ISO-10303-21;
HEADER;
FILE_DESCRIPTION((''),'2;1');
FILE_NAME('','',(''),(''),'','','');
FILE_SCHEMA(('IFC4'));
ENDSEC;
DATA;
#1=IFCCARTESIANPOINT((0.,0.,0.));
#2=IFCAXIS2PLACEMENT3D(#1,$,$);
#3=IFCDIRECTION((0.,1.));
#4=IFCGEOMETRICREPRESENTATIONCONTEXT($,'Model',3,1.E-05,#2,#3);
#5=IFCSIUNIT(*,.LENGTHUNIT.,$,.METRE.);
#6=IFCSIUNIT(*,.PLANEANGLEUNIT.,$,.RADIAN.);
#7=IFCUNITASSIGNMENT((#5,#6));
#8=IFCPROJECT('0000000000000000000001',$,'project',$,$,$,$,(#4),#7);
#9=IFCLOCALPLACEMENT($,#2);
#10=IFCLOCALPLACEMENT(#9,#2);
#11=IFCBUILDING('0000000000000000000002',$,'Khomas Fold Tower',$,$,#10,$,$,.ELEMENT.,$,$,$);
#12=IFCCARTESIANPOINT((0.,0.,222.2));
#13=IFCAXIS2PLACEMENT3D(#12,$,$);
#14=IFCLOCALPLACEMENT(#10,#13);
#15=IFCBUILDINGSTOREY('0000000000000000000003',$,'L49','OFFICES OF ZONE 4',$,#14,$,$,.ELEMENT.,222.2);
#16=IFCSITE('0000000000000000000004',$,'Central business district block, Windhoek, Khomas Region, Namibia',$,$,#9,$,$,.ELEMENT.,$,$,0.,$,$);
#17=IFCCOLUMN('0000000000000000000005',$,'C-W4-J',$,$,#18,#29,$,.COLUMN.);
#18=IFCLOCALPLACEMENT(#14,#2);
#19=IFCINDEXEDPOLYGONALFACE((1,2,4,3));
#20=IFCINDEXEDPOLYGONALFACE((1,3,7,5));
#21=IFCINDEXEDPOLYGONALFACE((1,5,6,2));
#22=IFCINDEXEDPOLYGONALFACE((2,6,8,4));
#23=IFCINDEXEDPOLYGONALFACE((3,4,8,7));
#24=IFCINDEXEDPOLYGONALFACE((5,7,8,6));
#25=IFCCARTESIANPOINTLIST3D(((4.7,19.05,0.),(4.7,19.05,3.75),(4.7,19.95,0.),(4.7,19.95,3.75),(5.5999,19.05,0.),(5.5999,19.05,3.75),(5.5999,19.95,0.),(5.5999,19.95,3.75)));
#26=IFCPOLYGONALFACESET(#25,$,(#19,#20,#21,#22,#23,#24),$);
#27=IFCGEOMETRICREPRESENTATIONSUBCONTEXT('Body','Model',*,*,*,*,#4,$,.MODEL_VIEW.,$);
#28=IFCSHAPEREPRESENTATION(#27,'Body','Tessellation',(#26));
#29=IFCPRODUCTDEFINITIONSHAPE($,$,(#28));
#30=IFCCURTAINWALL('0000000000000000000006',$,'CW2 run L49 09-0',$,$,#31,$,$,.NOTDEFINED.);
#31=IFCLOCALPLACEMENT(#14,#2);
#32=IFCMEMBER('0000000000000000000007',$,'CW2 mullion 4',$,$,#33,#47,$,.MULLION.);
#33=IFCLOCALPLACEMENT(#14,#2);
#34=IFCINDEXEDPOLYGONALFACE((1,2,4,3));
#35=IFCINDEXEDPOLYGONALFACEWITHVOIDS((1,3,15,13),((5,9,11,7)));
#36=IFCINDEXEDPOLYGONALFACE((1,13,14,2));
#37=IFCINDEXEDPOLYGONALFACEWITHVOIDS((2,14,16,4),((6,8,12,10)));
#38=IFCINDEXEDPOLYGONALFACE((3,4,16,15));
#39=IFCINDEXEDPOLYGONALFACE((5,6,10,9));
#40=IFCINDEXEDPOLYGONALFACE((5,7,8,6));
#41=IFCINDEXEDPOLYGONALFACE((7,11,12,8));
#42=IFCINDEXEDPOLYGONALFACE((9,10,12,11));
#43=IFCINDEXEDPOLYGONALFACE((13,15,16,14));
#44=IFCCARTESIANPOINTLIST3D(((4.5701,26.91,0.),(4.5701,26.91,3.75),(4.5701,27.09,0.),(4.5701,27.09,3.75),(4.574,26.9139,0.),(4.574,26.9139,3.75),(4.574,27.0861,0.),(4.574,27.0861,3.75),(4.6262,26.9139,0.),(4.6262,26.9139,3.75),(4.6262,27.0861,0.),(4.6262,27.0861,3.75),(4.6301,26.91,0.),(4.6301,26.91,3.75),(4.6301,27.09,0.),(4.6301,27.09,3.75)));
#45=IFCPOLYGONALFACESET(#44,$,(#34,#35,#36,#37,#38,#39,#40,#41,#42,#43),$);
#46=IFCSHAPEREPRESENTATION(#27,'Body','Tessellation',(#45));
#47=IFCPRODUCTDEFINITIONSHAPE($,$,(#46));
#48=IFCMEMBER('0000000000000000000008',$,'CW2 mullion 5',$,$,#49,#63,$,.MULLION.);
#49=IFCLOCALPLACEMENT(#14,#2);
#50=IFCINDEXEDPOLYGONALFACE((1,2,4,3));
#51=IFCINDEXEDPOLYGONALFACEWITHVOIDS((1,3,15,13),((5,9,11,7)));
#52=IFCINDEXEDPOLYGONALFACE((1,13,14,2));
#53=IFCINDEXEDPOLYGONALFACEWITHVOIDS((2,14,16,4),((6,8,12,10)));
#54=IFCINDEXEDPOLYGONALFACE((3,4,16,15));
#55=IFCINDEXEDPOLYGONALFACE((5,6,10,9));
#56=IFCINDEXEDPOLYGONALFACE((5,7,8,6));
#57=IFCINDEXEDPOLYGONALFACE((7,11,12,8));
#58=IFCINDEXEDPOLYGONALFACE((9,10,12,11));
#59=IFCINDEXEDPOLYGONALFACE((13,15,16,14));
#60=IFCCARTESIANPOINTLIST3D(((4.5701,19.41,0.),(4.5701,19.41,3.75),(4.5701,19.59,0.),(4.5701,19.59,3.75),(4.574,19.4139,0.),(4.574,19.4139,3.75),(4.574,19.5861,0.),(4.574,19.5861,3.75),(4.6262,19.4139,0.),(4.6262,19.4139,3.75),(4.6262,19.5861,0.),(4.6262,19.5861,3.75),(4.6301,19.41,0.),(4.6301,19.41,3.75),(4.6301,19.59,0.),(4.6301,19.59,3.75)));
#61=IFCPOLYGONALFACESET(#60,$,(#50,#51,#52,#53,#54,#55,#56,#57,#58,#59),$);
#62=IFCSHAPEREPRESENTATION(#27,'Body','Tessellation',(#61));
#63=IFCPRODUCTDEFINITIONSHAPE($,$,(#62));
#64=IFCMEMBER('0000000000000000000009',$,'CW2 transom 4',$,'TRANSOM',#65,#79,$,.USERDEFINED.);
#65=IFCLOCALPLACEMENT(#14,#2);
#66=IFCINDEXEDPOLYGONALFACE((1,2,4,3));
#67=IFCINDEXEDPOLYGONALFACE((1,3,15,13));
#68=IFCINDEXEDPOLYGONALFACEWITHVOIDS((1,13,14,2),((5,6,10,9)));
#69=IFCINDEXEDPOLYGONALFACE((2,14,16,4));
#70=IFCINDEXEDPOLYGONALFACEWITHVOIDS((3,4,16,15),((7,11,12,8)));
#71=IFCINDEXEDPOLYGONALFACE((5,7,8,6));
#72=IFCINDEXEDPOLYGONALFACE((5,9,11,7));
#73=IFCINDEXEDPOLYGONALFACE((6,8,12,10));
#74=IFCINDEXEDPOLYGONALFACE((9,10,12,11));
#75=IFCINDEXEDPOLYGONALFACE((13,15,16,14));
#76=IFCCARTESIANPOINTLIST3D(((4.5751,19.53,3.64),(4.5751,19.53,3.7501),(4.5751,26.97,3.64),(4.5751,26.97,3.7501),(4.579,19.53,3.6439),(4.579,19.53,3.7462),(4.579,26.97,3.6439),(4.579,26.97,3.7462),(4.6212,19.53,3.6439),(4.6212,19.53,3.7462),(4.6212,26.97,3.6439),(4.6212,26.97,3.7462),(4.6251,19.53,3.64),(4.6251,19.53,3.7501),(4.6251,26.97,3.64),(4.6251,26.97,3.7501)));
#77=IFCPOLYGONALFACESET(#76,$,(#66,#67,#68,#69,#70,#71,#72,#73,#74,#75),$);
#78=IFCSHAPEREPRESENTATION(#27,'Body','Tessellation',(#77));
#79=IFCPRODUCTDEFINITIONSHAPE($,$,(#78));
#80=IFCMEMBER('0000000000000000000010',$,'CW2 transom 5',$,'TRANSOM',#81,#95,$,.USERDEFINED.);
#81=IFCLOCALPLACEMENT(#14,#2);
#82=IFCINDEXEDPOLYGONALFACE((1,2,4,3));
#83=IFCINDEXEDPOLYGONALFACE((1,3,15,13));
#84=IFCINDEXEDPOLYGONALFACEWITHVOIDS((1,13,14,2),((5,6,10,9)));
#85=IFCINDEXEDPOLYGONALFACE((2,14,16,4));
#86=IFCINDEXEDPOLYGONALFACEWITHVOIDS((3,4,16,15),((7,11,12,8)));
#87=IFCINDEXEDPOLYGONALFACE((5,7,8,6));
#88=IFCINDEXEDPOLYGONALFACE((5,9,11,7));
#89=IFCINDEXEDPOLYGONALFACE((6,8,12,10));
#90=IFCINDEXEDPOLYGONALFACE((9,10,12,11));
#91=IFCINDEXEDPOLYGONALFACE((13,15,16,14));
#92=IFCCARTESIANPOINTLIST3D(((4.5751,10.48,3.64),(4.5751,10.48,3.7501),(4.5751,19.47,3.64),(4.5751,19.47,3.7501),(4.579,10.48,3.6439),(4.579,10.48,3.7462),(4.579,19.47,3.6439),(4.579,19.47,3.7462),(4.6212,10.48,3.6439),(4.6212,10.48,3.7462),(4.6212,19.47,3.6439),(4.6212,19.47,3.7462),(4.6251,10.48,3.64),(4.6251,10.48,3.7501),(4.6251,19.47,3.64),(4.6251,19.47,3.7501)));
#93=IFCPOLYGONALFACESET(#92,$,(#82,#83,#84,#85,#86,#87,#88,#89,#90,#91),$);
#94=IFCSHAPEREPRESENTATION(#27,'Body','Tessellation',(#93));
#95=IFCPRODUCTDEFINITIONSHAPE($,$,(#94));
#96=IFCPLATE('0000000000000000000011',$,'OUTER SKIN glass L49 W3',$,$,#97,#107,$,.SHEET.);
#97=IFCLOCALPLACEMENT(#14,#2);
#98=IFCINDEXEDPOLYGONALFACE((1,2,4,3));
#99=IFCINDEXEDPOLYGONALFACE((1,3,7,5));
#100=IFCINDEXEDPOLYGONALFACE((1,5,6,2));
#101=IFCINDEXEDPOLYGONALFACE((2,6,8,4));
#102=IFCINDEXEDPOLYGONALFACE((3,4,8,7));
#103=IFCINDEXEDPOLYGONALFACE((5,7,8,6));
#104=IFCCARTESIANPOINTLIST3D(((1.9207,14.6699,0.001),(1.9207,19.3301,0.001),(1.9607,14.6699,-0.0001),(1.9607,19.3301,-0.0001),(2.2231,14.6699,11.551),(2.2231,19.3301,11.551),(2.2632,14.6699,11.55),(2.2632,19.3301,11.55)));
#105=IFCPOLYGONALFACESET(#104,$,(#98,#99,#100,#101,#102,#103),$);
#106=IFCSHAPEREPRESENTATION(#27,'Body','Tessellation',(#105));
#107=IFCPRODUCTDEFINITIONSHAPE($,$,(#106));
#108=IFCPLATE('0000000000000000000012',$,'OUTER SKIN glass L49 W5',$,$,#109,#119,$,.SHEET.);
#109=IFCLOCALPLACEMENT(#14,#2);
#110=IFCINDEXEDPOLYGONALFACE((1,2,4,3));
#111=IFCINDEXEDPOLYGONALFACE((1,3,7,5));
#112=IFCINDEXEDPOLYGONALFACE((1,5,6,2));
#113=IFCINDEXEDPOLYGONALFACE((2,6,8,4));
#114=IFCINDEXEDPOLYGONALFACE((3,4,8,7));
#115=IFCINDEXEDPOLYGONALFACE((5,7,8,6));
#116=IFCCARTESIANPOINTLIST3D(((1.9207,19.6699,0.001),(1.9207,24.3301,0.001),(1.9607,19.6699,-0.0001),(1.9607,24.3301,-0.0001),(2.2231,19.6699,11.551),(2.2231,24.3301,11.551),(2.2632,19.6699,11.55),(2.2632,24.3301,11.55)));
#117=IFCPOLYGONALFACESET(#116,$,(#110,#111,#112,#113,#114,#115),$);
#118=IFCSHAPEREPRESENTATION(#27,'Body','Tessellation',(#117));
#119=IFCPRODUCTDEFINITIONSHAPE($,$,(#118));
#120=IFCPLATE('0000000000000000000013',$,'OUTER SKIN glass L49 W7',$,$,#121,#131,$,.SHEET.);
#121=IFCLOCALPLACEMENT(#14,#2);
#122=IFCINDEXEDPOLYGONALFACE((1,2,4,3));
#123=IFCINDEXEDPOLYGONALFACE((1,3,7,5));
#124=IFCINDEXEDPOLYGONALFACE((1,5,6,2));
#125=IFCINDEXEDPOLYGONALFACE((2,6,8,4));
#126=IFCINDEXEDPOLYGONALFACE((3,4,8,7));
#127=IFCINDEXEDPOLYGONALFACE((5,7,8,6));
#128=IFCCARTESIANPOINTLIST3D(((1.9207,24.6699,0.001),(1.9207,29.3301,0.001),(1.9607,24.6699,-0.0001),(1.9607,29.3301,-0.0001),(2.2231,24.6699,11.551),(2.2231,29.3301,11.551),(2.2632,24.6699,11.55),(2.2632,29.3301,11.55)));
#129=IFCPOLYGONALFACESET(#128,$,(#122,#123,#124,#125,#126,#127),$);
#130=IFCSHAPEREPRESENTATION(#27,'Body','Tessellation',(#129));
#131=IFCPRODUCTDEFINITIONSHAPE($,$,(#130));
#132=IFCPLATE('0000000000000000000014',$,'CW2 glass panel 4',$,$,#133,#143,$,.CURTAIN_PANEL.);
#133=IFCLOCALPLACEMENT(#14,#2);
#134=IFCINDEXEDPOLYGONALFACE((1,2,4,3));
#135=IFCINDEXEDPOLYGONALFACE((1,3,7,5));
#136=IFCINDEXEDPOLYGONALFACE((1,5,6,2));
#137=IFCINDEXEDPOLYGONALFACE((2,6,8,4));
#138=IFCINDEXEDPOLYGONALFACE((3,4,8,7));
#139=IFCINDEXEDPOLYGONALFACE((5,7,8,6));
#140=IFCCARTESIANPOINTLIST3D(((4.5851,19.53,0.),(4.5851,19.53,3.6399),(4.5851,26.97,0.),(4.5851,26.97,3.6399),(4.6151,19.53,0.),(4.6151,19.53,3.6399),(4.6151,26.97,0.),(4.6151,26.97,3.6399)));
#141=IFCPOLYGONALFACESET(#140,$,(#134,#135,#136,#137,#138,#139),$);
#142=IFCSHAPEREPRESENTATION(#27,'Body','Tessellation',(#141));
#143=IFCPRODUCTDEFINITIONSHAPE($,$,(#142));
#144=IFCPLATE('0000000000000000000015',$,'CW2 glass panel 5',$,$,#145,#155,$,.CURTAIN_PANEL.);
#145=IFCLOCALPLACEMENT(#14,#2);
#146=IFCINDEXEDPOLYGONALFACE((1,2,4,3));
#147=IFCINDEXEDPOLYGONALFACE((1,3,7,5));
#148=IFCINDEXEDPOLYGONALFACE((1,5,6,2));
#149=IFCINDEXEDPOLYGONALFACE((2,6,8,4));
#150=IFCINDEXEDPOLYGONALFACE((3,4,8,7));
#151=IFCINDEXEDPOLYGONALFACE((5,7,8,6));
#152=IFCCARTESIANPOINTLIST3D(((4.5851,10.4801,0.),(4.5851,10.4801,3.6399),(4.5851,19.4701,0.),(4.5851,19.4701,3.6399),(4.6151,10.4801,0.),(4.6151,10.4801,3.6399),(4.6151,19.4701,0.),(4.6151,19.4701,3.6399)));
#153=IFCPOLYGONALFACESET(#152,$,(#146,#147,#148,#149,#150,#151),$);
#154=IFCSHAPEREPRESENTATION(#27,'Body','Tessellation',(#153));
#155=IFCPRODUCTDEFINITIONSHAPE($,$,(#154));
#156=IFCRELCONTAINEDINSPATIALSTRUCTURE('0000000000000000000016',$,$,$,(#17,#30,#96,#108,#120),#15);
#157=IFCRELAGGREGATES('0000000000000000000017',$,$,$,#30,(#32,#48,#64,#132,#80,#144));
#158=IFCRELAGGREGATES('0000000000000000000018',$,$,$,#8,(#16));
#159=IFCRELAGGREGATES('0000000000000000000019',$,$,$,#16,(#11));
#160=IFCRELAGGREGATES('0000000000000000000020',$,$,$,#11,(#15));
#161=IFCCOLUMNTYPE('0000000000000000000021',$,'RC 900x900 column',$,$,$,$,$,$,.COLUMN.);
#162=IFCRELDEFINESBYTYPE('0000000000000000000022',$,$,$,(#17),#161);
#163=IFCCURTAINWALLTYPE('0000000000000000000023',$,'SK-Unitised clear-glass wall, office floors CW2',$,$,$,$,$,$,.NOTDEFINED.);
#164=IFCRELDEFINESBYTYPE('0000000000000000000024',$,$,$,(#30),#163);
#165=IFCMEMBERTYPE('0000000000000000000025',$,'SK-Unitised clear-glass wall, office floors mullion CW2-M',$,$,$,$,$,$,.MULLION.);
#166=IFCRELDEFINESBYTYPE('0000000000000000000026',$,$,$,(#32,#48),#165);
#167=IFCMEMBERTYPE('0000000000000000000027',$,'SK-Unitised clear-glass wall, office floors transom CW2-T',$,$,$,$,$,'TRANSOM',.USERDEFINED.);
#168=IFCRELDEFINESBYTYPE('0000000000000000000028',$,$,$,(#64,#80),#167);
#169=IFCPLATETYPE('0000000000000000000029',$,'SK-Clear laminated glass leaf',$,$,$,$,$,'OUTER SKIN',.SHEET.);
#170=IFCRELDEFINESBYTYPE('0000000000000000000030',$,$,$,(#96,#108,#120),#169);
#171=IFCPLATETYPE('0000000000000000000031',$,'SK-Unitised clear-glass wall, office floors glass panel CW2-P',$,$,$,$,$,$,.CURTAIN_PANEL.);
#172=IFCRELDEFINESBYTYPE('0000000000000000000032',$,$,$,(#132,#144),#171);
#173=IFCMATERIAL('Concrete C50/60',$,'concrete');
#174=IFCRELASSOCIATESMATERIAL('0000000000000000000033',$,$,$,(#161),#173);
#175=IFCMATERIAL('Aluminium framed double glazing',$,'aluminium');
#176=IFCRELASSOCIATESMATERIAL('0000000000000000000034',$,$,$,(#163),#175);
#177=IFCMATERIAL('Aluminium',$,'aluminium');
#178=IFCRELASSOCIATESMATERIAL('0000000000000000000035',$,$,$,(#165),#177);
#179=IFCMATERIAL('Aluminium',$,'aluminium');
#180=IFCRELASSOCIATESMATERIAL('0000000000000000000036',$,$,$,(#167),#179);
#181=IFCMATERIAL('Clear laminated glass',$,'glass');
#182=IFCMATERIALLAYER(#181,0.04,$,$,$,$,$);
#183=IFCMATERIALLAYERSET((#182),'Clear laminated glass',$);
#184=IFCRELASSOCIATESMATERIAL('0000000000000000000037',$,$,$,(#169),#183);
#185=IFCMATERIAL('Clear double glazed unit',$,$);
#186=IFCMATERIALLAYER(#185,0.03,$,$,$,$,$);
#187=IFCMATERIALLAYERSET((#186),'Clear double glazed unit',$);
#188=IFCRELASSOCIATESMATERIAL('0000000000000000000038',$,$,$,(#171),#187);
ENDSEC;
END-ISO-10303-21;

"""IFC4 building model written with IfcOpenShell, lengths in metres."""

from ifc_helpers import new_model, si_unit, direction, frame, origin, origin_2d, place, context, subcontext, project, spatial, polyline, rectangle, hollow_rectangle, outline, extrude, source, transform, mapped, material, layer, layer_set, material_profile, profile_set, type_object, element, aggregate, save


model = new_model("IFC4")

# Units and contexts
model_context = context("Model", 3, precision=1e-05, world=origin(), true_north=direction((0.0, 1.0)))
body_context = subcontext(model_context, "Body", "Model", "MODEL_VIEW")
ifc_project = project(units=[si_unit("LENGTHUNIT", "METRE"), si_unit("PLANEANGLEUNIT", "RADIAN")], contexts=[model_context])

# Site, building, storey
site_placement = place(None, origin())
site = spatial("IfcSite", under=ifc_project, at=site_placement, Name="Central business district block, Windhoek, Khomas Region, Namibia", CompositionType="ELEMENT", RefElevation=0.0)
building_placement = place(site_placement, origin())
building = spatial("IfcBuilding", under=site, at=building_placement, Name="Khomas Fold Tower", CompositionType="ELEMENT")
storey_placement = place(building_placement, frame((0.0, 0.0, 222.2)))
storey = spatial("IfcBuildingStorey", under=building, at=storey_placement, Name="L49", Description="OFFICES OF ZONE 4", CompositionType="ELEMENT", Elevation=222.2)

# Column
ifc_material_1 = material(Name="Concrete C50/60", Category="concrete")
ifc_material_profile_1 = material_profile(ifc_material_1, rectangle(XDim=0.8999, YDim=0.8999, at=origin_2d()), Name="RC 900x900")
ifc_profile_set_1 = profile_set([ifc_material_profile_1], Name="Concrete C50/60")
column_type = type_object("IfcColumnType", Name="RC 900x900 column", PredefinedType="COLUMN", material=ifc_profile_set_1)
shared_shape_1 = source(origin(), body_context, "Body", "SweptSolid", [
    extrude(rectangle(XDim=0.8999, YDim=0.8999, at=origin_2d()), origin(), (0.0, 0.0, 1.0), 3.75),
])
column_placement = place(storey_placement, frame((5.1499, 19.5, 0.0), z_axis=(0.0, 0.0, 1.0), x_axis=(1.0, 0.0, 0.0)))
element("IfcColumn", 1, at=column_placement, inside=storey, type_object=column_type, Name="C-W4-J", PredefinedType="COLUMN", context=body_context, shape_type="MappedRepresentation", body=[
    mapped(shared_shape_1, transform((0.0, 0.0, 0.0))),
])

# Curtain wall, members
ifc_material_2 = material(Name="Aluminium framed double glazing", Category="aluminium")
curtain_wall_type = type_object("IfcCurtainWallType", Name="SK-Unitised clear-glass wall, office floors CW2", PredefinedType="NOTDEFINED", material=ifc_material_2)
curtain_wall_placement = place(storey_placement, origin())
curtain_wall = element("IfcCurtainWall", 2, at=curtain_wall_placement, inside=storey, type_object=curtain_wall_type, Name="CW2 run L49 09-0", PredefinedType="NOTDEFINED")
ifc_material_3 = material(Name="Aluminium", Category="aluminium")
ifc_material_profile_2 = material_profile(ifc_material_3, hollow_rectangle(XDim=0.0601, YDim=0.1799, WallThickness=0.0039, at=origin_2d()), Name="SK-Unitised clear-glass wall, office floors mullion CW2-M")
ifc_profile_set_2 = profile_set([ifc_material_profile_2], Name="Aluminium")
member_type_1 = type_object("IfcMemberType", Name="SK-Unitised clear-glass wall, office floors mullion CW2-M", PredefinedType="MULLION", material=ifc_profile_set_2)
shared_shape_2 = source(origin(), body_context, "Body", "SweptSolid", [
    extrude(hollow_rectangle(XDim=0.0601, YDim=0.1799, WallThickness=0.0039, at=origin_2d()), origin(), (0.0, 0.0, 1.0), 3.75),
])
member_1_placement = place(storey_placement, frame((4.6001, 27.0, 0.0), z_axis=(0.0, 0.0, 1.0), x_axis=(1.0, 0.0, 0.0)))
member_1 = element("IfcMember", 3, at=member_1_placement, type_object=member_type_1, Name="CW2 mullion 4", PredefinedType="MULLION", context=body_context, shape_type="MappedRepresentation", body=[
    mapped(shared_shape_2, transform((0.0, 0.0, 0.0))),
])
member_2_placement = place(storey_placement, frame((4.6001, 19.5, 0.0), z_axis=(0.0, 0.0, 1.0), x_axis=(1.0, 0.0, 0.0)))
member_2 = element("IfcMember", 4, at=member_2_placement, type_object=member_type_1, Name="CW2 mullion 5", PredefinedType="MULLION", context=body_context, shape_type="MappedRepresentation", body=[
    mapped(shared_shape_2, transform((0.0, 0.0, 0.0))),
])
ifc_material_4 = material(Name="Aluminium", Category="aluminium")
ifc_material_profile_3 = material_profile(ifc_material_4, hollow_rectangle(XDim=0.05, YDim=0.1101, WallThickness=0.0039, at=origin_2d()), Name="SK-Unitised clear-glass wall, office floors transom CW2-T")
ifc_profile_set_3 = profile_set([ifc_material_profile_3], Name="Aluminium")
member_type_2 = type_object("IfcMemberType", Name="SK-Unitised clear-glass wall, office floors transom CW2-T", ElementType="TRANSOM", PredefinedType="USERDEFINED", material=ifc_profile_set_3)
shared_shape_3 = source(origin(), body_context, "Body", "SweptSolid", [
    extrude(hollow_rectangle(XDim=0.05, YDim=0.1101, WallThickness=0.0039, at=origin_2d()), origin(), (0.0, 0.0, 1.0), 7.4399),
])
member_3_placement = place(storey_placement, frame((4.6001, 26.97, 3.6951), z_axis=(0.0, -1.0, 0.0), x_axis=(1.0, 0.0, 0.0)))
member_3 = element("IfcMember", 5, at=member_3_placement, type_object=member_type_2, Name="CW2 transom 4", ObjectType="TRANSOM", PredefinedType="USERDEFINED", context=body_context, shape_type="MappedRepresentation", body=[
    mapped(shared_shape_3, transform((0.0, 0.0, 0.0))),
])
shared_shape_4 = source(origin(), body_context, "Body", "SweptSolid", [
    extrude(hollow_rectangle(XDim=0.05, YDim=0.1101, WallThickness=0.0039, at=origin_2d()), origin(), (0.0, 0.0, 1.0), 8.99),
])
member_4_placement = place(storey_placement, frame((4.6001, 19.47, 3.6951), z_axis=(0.0, -1.0, 0.0), x_axis=(1.0, 0.0, 0.0)))
member_4 = element("IfcMember", 6, at=member_4_placement, type_object=member_type_2, Name="CW2 transom 5", ObjectType="TRANSOM", PredefinedType="USERDEFINED", context=body_context, shape_type="MappedRepresentation", body=[
    mapped(shared_shape_4, transform((0.0, 0.0, 0.0))),
])

# Plates
ifc_material_5 = material(Name="Clear laminated glass", Category="glass")
ifc_layer_1 = layer(ifc_material_5, 0.04)
ifc_layer_set_1 = layer_set([ifc_layer_1], Name="Clear laminated glass")
plate_type_1 = type_object("IfcPlateType", Name="SK-Clear laminated glass leaf", ElementType="OUTER SKIN", PredefinedType="SHEET", material=ifc_layer_set_1)
for number, where, z_axis, x_axis, name in (
    (7, (1.9207, 14.6699, 0.001), (-0.999657, 0.0, 0.026181), (0.0, 1.0, 0.0), "OUTER SKIN glass L49 W3"),
    (8, (1.9207, 19.6699, 0.001), (-0.999657, 0.0, 0.026181), (0.0, 1.0, 0.0), "OUTER SKIN glass L49 W5"),
    (9, (1.9207, 24.6699, 0.001), (-0.999657, 0.0, 0.026181), (0.0, 1.0, 0.0), "OUTER SKIN glass L49 W7"),
):
    element("IfcPlate", number, at=place(storey_placement, frame(where, z_axis=z_axis, x_axis=x_axis)), inside=storey, type_object=plate_type_1, Name=name, PredefinedType="SHEET", context=body_context, shape_type="SweptSolid", body=[
        extrude(outline(polyline([(0.0, 0.0), (4.6602, 0.0), (4.6602, -11.554), (0.0, -11.554), (0.0, 0.0)])), origin(), (0.0, 0.0, -1.0), 0.04),
    ])

# Plates
ifc_material_6 = material(Name="Clear double glazed unit")
ifc_layer_2 = layer(ifc_material_6, 0.03)
ifc_layer_set_2 = layer_set([ifc_layer_2], Name="Clear double glazed unit")
plate_type_2 = type_object("IfcPlateType", Name="SK-Unitised clear-glass wall, office floors glass panel CW2-P", PredefinedType="CURTAIN_PANEL", material=ifc_layer_set_2)
shared_shape_5 = source(origin(), body_context, "Body", "SweptSolid", [
    extrude(rectangle(XDim=7.4399, YDim=0.03, at=origin_2d()), origin(), (0.0, 0.0, 1.0), 3.6399),
])
plate_1_placement = place(storey_placement, frame((4.6001, 23.25, 0.0), z_axis=(0.0, 0.0, 1.0), x_axis=(0.0, -1.0, 0.0)))
plate_1 = element("IfcPlate", 10, at=plate_1_placement, type_object=plate_type_2, Name="CW2 glass panel 4", PredefinedType="CURTAIN_PANEL", context=body_context, shape_type="MappedRepresentation", body=[
    mapped(shared_shape_5, transform((0.0, 0.0, 0.0))),
])
shared_shape_6 = source(origin(), body_context, "Body", "SweptSolid", [
    extrude(rectangle(XDim=8.99, YDim=0.03, at=origin_2d()), origin(), (0.0, 0.0, 1.0), 3.6399),
])
plate_2_placement = place(storey_placement, frame((4.6001, 14.9751, 0.0), z_axis=(0.0, 0.0, 1.0), x_axis=(0.0, -1.0, 0.0)))
plate_2 = element("IfcPlate", 11, at=plate_2_placement, type_object=plate_type_2, Name="CW2 glass panel 5", PredefinedType="CURTAIN_PANEL", context=body_context, shape_type="MappedRepresentation", body=[
    mapped(shared_shape_6, transform((0.0, 0.0, 0.0))),
])
aggregate(curtain_wall, [member_1, member_2, member_3, plate_1, member_4, plate_2])

save(model, "model.ifc")
